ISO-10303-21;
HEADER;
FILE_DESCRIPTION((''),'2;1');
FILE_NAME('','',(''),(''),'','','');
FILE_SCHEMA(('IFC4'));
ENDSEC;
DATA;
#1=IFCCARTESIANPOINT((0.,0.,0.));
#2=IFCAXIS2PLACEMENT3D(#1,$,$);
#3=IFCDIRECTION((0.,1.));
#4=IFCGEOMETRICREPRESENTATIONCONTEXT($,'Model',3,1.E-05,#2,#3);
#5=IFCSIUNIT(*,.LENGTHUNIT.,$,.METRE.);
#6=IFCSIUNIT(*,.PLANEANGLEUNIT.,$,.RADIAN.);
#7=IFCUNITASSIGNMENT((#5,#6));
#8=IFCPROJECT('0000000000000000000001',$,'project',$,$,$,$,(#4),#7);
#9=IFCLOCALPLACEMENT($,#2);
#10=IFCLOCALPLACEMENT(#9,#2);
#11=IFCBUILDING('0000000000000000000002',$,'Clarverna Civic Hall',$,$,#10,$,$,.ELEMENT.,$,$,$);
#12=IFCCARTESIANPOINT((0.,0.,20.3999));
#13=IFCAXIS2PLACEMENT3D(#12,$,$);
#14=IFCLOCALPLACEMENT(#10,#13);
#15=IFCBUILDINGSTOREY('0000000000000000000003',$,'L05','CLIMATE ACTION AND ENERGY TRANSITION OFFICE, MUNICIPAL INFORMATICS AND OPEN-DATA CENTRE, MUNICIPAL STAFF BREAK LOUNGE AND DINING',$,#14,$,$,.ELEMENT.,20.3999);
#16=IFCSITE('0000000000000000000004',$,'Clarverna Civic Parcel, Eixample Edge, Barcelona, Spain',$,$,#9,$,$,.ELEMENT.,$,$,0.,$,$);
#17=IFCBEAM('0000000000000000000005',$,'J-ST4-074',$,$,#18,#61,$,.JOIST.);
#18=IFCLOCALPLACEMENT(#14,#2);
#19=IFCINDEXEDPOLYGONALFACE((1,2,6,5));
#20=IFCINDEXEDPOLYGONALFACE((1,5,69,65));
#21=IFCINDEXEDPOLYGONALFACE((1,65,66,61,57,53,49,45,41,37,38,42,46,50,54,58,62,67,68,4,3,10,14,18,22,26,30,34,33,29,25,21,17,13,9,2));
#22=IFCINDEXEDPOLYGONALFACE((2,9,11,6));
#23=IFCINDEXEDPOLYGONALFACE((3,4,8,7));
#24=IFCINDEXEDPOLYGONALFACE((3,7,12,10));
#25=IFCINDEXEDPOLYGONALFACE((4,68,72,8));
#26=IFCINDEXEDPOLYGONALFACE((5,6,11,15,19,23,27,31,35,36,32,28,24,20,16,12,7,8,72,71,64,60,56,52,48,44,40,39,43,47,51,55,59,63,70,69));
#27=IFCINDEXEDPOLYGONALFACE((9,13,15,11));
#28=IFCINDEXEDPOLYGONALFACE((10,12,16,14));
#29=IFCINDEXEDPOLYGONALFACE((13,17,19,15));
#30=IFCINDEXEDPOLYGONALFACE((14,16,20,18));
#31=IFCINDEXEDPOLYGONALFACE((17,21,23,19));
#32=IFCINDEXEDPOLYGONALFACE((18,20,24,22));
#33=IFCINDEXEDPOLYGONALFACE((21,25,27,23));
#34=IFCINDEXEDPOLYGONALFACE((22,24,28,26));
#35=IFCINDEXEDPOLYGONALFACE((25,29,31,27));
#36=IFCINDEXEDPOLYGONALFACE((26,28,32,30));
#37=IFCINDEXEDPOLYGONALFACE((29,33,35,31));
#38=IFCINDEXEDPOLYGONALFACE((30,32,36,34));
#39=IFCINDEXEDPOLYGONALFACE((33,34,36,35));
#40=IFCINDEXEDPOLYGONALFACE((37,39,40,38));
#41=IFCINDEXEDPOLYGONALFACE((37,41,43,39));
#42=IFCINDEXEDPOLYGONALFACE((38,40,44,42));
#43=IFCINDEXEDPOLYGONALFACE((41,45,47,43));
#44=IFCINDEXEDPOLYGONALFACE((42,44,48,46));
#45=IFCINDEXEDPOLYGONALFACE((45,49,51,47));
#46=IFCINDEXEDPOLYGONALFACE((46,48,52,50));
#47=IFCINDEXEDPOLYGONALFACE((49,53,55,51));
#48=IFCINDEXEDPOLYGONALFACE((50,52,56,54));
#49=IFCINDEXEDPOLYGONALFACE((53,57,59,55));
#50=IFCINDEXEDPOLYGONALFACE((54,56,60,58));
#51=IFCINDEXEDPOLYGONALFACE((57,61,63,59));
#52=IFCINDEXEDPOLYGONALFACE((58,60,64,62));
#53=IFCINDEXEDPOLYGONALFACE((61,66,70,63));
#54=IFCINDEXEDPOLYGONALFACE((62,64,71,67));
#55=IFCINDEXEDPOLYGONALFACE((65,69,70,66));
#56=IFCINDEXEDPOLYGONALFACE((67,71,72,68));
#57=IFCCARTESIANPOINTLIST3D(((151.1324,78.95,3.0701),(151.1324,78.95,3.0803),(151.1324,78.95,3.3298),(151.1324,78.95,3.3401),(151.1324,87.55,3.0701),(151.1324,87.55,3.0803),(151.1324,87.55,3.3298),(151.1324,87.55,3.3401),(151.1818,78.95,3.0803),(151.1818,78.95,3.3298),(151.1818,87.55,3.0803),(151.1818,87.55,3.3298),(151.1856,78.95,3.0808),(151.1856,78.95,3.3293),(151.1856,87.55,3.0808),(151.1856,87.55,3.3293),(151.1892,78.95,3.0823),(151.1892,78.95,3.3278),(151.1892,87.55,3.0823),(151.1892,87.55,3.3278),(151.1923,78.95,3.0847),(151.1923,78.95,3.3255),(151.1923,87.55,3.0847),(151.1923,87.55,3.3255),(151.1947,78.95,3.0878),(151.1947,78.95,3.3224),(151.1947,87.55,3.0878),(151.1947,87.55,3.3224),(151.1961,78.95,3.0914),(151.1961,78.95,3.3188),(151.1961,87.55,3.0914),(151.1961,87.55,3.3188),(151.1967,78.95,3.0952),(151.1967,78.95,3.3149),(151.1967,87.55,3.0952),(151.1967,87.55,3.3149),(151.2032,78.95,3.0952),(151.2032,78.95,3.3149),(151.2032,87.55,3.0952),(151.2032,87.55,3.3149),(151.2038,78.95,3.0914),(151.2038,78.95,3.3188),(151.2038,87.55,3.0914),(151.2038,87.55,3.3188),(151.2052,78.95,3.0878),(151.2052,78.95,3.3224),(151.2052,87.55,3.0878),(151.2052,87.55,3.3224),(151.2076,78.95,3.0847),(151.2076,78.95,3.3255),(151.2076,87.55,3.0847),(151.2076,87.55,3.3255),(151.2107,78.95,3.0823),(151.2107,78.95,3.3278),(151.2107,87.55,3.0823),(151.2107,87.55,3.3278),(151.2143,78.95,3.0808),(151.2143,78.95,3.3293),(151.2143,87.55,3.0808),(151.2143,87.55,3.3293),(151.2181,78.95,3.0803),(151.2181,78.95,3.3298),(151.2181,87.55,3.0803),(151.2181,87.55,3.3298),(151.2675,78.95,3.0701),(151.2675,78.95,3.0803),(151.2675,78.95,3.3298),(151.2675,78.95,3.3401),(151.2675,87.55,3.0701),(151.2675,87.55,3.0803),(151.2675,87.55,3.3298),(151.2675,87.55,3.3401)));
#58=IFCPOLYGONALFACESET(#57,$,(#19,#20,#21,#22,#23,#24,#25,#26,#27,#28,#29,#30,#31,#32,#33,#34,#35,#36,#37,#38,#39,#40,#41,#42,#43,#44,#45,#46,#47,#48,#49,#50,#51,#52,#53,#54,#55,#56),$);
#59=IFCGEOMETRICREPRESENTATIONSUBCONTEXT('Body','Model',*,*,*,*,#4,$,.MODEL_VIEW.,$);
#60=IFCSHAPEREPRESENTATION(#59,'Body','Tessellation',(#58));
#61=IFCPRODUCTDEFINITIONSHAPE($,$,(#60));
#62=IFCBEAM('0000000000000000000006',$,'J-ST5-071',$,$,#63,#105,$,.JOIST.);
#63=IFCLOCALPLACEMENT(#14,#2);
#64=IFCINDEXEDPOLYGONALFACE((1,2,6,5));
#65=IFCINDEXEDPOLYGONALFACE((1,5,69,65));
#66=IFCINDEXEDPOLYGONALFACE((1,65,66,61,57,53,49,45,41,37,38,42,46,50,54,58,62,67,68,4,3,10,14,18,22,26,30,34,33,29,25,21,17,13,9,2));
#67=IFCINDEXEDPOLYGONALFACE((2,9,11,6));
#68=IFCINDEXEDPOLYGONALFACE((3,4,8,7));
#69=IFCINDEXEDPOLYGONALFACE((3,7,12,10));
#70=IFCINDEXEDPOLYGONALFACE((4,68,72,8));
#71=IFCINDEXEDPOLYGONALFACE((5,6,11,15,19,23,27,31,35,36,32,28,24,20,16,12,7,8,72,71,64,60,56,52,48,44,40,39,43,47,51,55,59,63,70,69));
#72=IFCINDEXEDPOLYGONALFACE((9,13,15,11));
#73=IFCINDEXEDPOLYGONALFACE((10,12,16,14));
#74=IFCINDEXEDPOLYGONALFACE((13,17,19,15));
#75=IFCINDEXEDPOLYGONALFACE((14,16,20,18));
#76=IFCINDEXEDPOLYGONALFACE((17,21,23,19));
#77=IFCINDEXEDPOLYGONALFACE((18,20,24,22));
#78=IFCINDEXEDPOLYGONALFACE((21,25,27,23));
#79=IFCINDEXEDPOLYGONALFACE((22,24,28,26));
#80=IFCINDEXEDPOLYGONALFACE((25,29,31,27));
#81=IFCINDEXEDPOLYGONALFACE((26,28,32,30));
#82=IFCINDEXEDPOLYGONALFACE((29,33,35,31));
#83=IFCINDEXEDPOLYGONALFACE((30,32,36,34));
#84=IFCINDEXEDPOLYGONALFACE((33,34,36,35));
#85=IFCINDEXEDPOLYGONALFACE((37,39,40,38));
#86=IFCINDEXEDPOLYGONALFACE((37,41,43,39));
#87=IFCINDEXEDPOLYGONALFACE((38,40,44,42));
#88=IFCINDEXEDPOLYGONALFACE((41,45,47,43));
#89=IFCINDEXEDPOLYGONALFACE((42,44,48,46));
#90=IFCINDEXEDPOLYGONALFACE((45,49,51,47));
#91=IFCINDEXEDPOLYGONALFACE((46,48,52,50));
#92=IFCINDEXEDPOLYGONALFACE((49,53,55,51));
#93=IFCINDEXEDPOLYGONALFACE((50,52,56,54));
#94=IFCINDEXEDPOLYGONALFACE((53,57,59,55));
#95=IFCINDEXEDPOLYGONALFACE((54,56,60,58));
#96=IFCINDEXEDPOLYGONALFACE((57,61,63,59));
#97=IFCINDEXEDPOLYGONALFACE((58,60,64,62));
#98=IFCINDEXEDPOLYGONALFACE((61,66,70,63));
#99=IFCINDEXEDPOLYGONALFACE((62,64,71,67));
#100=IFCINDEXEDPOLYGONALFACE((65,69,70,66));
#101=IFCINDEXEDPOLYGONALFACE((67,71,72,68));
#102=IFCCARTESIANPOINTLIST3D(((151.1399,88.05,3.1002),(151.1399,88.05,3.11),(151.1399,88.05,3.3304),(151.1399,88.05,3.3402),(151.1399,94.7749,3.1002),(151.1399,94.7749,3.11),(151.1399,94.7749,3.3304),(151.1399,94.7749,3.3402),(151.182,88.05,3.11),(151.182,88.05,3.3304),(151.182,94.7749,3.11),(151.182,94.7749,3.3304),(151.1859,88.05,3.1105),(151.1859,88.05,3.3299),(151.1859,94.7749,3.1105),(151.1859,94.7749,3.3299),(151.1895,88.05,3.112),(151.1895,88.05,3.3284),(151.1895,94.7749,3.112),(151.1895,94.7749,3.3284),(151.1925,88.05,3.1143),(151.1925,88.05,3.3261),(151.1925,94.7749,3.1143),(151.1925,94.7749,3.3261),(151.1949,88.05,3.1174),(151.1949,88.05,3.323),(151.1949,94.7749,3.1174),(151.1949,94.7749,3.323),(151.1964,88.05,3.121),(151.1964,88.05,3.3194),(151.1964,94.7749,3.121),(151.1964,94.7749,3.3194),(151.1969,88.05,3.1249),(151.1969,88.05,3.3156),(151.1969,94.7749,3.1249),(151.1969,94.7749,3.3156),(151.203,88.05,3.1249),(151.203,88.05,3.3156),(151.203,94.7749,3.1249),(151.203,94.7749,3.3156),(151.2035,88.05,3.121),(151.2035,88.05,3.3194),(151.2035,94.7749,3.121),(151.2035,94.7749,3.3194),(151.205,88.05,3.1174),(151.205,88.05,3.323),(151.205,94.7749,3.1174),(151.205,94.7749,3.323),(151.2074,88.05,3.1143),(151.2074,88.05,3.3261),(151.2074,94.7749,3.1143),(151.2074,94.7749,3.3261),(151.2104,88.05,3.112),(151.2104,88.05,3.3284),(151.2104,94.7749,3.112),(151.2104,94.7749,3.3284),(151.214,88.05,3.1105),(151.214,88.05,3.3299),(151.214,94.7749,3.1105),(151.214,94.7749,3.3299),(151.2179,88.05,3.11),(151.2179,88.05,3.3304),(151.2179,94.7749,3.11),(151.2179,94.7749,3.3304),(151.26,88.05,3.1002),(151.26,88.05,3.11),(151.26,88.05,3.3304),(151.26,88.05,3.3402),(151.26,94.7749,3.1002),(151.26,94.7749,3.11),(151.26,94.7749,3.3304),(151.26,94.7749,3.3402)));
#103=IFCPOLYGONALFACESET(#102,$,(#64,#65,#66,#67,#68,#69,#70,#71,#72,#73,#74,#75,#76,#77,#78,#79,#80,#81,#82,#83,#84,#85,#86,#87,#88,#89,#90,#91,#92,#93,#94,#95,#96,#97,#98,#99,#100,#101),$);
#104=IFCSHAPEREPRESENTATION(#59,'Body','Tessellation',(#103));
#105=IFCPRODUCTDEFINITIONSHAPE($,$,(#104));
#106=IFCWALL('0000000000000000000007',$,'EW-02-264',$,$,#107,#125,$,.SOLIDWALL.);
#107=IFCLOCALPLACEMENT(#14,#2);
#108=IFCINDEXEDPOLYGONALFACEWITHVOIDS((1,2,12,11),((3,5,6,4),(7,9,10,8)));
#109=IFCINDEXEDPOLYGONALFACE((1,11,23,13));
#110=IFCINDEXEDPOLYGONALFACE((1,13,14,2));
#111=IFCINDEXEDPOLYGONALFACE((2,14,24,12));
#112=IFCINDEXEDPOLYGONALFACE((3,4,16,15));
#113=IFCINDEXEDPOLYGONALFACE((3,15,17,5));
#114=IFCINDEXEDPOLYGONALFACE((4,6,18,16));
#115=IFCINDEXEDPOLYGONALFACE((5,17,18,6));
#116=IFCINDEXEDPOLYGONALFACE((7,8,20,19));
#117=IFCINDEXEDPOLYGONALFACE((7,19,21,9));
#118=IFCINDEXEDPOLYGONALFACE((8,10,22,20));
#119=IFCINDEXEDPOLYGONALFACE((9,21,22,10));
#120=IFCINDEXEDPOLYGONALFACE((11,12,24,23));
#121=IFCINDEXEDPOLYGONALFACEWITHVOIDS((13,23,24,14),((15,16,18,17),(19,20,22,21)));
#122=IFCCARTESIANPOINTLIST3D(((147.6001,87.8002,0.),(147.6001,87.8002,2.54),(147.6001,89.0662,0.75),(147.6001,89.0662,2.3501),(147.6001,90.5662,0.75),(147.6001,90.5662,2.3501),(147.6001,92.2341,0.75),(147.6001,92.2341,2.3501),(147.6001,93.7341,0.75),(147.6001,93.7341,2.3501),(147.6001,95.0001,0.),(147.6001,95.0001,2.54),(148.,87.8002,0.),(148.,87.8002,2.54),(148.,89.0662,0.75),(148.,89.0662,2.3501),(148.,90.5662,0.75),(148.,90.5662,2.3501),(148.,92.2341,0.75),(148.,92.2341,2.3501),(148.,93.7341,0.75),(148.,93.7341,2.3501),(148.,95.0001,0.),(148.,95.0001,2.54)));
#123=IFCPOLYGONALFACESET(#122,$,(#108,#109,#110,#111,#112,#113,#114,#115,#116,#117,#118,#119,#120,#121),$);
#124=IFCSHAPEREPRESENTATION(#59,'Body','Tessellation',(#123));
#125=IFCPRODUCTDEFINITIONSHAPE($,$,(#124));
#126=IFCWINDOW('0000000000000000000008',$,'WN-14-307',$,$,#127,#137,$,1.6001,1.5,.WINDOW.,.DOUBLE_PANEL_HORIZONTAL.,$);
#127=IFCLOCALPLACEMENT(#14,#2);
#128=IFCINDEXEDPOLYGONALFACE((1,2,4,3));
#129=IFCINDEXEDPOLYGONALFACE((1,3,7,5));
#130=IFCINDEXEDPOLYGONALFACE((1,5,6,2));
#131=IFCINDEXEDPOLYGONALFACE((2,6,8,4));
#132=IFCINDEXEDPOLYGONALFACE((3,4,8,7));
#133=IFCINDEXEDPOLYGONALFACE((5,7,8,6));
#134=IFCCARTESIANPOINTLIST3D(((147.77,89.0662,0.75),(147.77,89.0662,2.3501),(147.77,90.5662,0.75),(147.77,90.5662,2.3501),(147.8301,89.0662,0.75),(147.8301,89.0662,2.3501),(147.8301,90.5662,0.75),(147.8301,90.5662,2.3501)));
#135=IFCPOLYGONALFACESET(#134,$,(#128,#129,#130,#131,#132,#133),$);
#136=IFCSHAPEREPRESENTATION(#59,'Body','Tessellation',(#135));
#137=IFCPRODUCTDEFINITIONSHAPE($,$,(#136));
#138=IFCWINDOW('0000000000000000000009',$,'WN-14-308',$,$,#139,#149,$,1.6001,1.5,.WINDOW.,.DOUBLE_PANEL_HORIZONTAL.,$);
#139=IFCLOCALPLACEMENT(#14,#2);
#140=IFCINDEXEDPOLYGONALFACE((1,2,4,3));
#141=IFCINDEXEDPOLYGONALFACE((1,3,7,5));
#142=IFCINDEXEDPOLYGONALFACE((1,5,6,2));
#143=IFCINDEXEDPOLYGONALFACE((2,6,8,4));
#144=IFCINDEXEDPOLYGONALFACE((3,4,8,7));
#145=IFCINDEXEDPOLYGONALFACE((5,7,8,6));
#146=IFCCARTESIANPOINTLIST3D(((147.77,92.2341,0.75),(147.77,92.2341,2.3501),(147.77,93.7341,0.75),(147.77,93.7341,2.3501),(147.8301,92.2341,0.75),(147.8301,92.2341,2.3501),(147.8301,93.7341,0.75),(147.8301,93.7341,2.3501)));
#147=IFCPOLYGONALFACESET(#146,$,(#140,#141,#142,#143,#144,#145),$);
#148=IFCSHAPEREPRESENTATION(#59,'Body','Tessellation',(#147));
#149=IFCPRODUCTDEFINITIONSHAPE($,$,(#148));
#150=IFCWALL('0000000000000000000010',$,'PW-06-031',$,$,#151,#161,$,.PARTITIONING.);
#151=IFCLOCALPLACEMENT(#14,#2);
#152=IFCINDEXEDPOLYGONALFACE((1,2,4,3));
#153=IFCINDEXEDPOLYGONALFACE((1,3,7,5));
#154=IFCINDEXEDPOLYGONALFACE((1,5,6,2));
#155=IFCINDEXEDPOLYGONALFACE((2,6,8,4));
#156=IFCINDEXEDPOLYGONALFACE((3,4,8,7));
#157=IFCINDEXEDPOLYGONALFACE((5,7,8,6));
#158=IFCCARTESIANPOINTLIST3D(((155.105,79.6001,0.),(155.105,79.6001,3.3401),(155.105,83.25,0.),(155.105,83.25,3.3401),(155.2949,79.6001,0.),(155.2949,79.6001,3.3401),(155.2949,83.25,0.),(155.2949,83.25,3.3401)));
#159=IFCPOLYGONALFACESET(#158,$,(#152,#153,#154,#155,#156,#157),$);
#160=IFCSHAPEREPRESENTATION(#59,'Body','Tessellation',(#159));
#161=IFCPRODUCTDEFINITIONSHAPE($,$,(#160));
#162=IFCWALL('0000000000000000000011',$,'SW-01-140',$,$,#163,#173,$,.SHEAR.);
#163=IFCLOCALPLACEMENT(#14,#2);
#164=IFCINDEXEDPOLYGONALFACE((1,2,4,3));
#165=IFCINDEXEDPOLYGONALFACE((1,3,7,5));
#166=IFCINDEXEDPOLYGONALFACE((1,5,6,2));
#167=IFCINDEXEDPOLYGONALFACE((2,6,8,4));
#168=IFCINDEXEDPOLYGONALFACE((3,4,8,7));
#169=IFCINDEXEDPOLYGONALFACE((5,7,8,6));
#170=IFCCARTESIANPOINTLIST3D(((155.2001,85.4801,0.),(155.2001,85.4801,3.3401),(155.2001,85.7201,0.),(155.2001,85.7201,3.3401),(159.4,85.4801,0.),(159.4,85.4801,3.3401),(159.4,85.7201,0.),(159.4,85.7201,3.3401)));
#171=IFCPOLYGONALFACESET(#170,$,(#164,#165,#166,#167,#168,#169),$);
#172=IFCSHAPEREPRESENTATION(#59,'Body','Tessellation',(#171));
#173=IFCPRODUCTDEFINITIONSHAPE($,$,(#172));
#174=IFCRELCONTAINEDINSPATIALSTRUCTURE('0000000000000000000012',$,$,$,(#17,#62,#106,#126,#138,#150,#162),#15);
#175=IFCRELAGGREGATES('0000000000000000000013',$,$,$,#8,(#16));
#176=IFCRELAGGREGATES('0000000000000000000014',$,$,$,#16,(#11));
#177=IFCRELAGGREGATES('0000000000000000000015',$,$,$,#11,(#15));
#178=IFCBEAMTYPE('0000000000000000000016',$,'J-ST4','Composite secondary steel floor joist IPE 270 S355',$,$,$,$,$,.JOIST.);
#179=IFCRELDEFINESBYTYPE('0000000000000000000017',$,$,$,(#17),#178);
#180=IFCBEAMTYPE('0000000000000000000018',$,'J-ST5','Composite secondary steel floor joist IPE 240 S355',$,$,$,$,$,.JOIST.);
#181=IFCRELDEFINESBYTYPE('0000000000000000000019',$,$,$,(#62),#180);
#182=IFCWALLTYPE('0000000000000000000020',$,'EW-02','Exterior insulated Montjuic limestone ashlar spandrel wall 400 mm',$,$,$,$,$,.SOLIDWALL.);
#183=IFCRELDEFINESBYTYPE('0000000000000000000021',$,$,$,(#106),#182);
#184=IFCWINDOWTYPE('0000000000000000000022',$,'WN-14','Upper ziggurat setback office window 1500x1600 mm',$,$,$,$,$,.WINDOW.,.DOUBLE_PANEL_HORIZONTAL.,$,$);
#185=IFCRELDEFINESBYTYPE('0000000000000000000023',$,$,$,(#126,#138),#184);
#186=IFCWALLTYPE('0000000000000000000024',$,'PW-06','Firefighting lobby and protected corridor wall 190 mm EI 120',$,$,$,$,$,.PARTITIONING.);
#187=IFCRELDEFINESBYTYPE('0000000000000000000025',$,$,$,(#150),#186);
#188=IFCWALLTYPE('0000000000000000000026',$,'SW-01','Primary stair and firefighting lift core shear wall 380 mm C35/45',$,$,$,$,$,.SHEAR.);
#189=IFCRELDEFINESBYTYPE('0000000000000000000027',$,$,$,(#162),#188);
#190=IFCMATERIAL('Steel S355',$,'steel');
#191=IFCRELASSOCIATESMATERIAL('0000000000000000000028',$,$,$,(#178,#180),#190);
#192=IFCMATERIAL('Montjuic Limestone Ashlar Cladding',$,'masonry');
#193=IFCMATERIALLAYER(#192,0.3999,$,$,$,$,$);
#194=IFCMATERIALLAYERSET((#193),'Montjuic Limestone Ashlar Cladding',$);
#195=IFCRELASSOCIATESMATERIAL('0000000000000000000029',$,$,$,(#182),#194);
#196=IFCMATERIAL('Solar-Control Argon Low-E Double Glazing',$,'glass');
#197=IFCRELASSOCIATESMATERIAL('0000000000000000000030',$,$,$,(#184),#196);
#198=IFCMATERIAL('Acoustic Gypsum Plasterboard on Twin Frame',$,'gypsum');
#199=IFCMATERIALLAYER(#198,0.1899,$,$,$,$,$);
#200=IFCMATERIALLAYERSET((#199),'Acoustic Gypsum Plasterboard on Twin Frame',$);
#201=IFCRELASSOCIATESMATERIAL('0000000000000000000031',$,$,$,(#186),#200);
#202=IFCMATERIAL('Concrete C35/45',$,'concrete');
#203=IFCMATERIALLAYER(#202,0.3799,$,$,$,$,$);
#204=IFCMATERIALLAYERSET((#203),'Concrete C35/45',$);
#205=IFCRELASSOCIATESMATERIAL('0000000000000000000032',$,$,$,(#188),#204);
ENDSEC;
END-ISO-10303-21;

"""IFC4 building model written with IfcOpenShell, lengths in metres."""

from ifc_helpers import new_model, si_unit, direction, frame, frame_2d, origin, origin_2d, place, context, subcontext, project, spatial, rectangle, i_section, extrude, material, layer, layer_set, material_profile, profile_set, type_object, element, fill, save


model = new_model("IFC4")

# Units and contexts
model_context = context("Model", 3, precision=1e-05, world=origin(), true_north=direction((0.0, 1.0)))
body_context = subcontext(model_context, "Body", "Model", "MODEL_VIEW")
ifc_project = project(units=[si_unit("LENGTHUNIT", "METRE"), si_unit("PLANEANGLEUNIT", "RADIAN")], contexts=[model_context])

# Site, building, storey
site_placement = place(None, origin())
site = spatial("IfcSite", under=ifc_project, at=site_placement, Name="Clarverna Civic Parcel, Eixample Edge, Barcelona, Spain", CompositionType="ELEMENT", RefElevation=0.0)
building_placement = place(site_placement, origin())
building = spatial("IfcBuilding", under=site, at=building_placement, Name="Clarverna Civic Hall", CompositionType="ELEMENT")
storey_placement = place(building_placement, frame((0.0, 0.0, 20.3999)))
storey = spatial("IfcBuildingStorey", under=building, at=storey_placement, Name="L05", Description="CLIMATE ACTION AND ENERGY TRANSITION OFFICE, MUNICIPAL INFORMATICS AND OPEN-DATA CENTRE, MUNICIPAL STAFF BREAK LOUNGE AND DINING", CompositionType="ELEMENT", Elevation=20.3999)

# Shared definitions
ifc_material_1 = material(Name="Concrete C35/45", Category="concrete")

# Beams
ifc_material_2 = material(Name="Steel S355", Category="steel")
ifc_material_profile_1 = material_profile(ifc_material_2, i_section(OverallWidth=0.135, OverallDepth=0.27, WebThickness=0.0066, FlangeThickness=0.0103, FilletRadius=0.0149, at=origin_2d()), Name="IPE 270")
ifc_profile_set_1 = profile_set([ifc_material_profile_1], Name="Steel S355")
beam_type_1 = type_object("IfcBeamType", Name="J-ST4", Description="Composite secondary steel floor joist IPE 270 S355", PredefinedType="JOIST", material=ifc_profile_set_1)
beam_1_placement = place(storey_placement, frame((151.2, 78.95, 3.2051), z_axis=(0.0, 1.0, 0.0), x_axis=(-1.0, 0.0, 0.0)))
element("IfcBeam", 1, at=beam_1_placement, inside=storey, type_object=beam_type_1, Name="J-ST4-074", PredefinedType="JOIST", context=body_context, shape_type="SweptSolid", body=[
    extrude(i_section(OverallWidth=0.135, OverallDepth=0.27, WebThickness=0.0066, FlangeThickness=0.0103, FilletRadius=0.0149, at=origin_2d()), origin(), (0.0, 0.0, 1.0), 8.6001),
])
ifc_material_profile_2 = material_profile(ifc_material_2, i_section(OverallWidth=0.1201, OverallDepth=0.24, WebThickness=0.0061, FlangeThickness=0.0098, FilletRadius=0.0149, at=origin_2d()), Name="IPE 240")
ifc_profile_set_2 = profile_set([ifc_material_profile_2], Name="Steel S355")
beam_type_2 = type_object("IfcBeamType", Name="J-ST5", Description="Composite secondary steel floor joist IPE 240 S355", PredefinedType="JOIST", material=ifc_profile_set_2)
beam_2_placement = place(storey_placement, frame((151.2, 88.05, 3.2202), z_axis=(0.0, 1.0, 0.0), x_axis=(-1.0, 0.0, 0.0)))
element("IfcBeam", 2, at=beam_2_placement, inside=storey, type_object=beam_type_2, Name="J-ST5-071", PredefinedType="JOIST", context=body_context, shape_type="SweptSolid", body=[
    extrude(i_section(OverallWidth=0.1201, OverallDepth=0.24, WebThickness=0.0061, FlangeThickness=0.0098, FilletRadius=0.0149, at=origin_2d()), origin(), (0.0, 0.0, 1.0), 6.7249),
])

# Wall, openings, windows
ifc_material_3 = material(Name="Montjuic Limestone Ashlar Cladding", Category="masonry")
ifc_layer_1 = layer(ifc_material_3, 0.3999)
ifc_layer_set_1 = layer_set([ifc_layer_1], Name="Montjuic Limestone Ashlar Cladding")
wall_type_1 = type_object("IfcWallType", Name="EW-02", Description="Exterior insulated Montjuic limestone ashlar spandrel wall 400 mm", PredefinedType="SOLIDWALL", material=ifc_layer_set_1)
wall_1_placement = place(storey_placement, frame((147.8, 87.8, 0.0), z_axis=(0.0, 0.0, 1.0), x_axis=(0.0, 1.0, 0.0)))
wall_1 = element("IfcWall", 3, at=wall_1_placement, inside=storey, type_object=wall_type_1, Name="EW-02-264", PredefinedType="SOLIDWALL", context=body_context, shape_type="SweptSolid", body=[
    extrude(rectangle(XDim=7.2, YDim=0.3999, at=frame_2d((3.6001, 0.0))), origin(), (0.0, 0.0, 1.0), 2.54),
])
opening_1_placement = place(wall_1_placement, frame((1.2661, 0.0, 0.75)))
opening_1 = element("IfcOpeningElement", 4, at=opening_1_placement, cuts=wall_1, PredefinedType="OPENING", context=body_context, shape_type="SweptSolid", body=[
    extrude(rectangle(XDim=1.5, YDim=1.6001, at=frame_2d((0.75, 0.8))), frame((0.0, 0.21, 0.0), z_axis=(0.0, -1.0, 0.0), x_axis=(1.0, 0.0, 0.0)), (0.0, 0.0, 1.0), 0.4199),
])
opening_2_placement = place(wall_1_placement, frame((4.4341, 0.0, 0.75)))
opening_2 = element("IfcOpeningElement", 5, at=opening_2_placement, cuts=wall_1, PredefinedType="OPENING", context=body_context, shape_type="SweptSolid", body=[
    extrude(rectangle(XDim=1.5, YDim=1.6001, at=frame_2d((0.75, 0.8))), frame((0.0, 0.21, 0.0), z_axis=(0.0, -1.0, 0.0), x_axis=(1.0, 0.0, 0.0)), (0.0, 0.0, 1.0), 0.4199),
])
ifc_material_4 = material(Name="Solar-Control Argon Low-E Double Glazing", Category="glass")
window_type = type_object("IfcWindowType", Name="WN-14", Description="Upper ziggurat setback office window 1500x1600 mm", PartitioningType="DOUBLE_PANEL_HORIZONTAL", PredefinedType="WINDOW", material=ifc_material_4)
window_1_placement = place(opening_1_placement, origin())
window_1 = element("IfcWindow", 6, at=window_1_placement, inside=storey, type_object=window_type, Name="WN-14-307", OverallHeight=1.6001, OverallWidth=1.5, PartitioningType="DOUBLE_PANEL_HORIZONTAL", PredefinedType="WINDOW", context=body_context, shape_type="SweptSolid", body=[
    extrude(rectangle(XDim=1.5, YDim=1.6001, at=frame_2d((0.75, 0.8))), frame((0.0, 0.03, 0.0), z_axis=(0.0, -1.0, 0.0), x_axis=(1.0, 0.0, 0.0)), (0.0, 0.0, 1.0), 0.0601),
])
fill(opening_1, window_1)
window_2_placement = place(opening_2_placement, origin())
window_2 = element("IfcWindow", 7, at=window_2_placement, inside=storey, type_object=window_type, Name="WN-14-308", OverallHeight=1.6001, OverallWidth=1.5, PartitioningType="DOUBLE_PANEL_HORIZONTAL", PredefinedType="WINDOW", context=body_context, shape_type="SweptSolid", body=[
    extrude(rectangle(XDim=1.5, YDim=1.6001, at=frame_2d((0.75, 0.8))), frame((0.0, 0.03, 0.0), z_axis=(0.0, -1.0, 0.0), x_axis=(1.0, 0.0, 0.0)), (0.0, 0.0, 1.0), 0.0601),
])
fill(opening_2, window_2)

# Wall
ifc_material_5 = material(Name="Acoustic Gypsum Plasterboard on Twin Frame", Category="gypsum")
ifc_layer_2 = layer(ifc_material_5, 0.1899)
ifc_layer_set_2 = layer_set([ifc_layer_2], Name="Acoustic Gypsum Plasterboard on Twin Frame")
wall_type_2 = type_object("IfcWallType", Name="PW-06", Description="Firefighting lobby and protected corridor wall 190 mm EI 120", PredefinedType="PARTITIONING", material=ifc_layer_set_2)
wall_2_placement = place(storey_placement, frame((155.2, 79.6001, 0.0), z_axis=(0.0, 0.0, 1.0), x_axis=(0.0, 1.0, 0.0)))
element("IfcWall", 8, at=wall_2_placement, inside=storey, type_object=wall_type_2, Name="PW-06-031", PredefinedType="PARTITIONING", context=body_context, shape_type="SweptSolid", body=[
    extrude(rectangle(XDim=3.6499, YDim=0.1899, at=frame_2d((1.825, 0.0))), origin(), (0.0, 0.0, 1.0), 3.3401),
])

# Wall
ifc_layer_3 = layer(ifc_material_1, 0.3799)
ifc_layer_set_3 = layer_set([ifc_layer_3], Name="Concrete C35/45")
wall_type_3 = type_object("IfcWallType", Name="SW-01", Description="Primary stair and firefighting lift core shear wall 380 mm C35/45", PredefinedType="SHEAR", material=ifc_layer_set_3)
wall_3_placement = place(storey_placement, frame((155.2, 85.6001, 0.0), z_axis=(0.0, 0.0, 1.0), x_axis=(1.0, 0.0, 0.0)))
element("IfcWall", 9, at=wall_3_placement, inside=storey, type_object=wall_type_3, Name="SW-01-140", PredefinedType="SHEAR", context=body_context, shape_type="SweptSolid", body=[
    extrude(rectangle(XDim=4.2, YDim=0.24, at=frame_2d((2.1001, 0.0))), origin(), (0.0, 0.0, 1.0), 3.3401),
])

save(model, "model.ifc")
